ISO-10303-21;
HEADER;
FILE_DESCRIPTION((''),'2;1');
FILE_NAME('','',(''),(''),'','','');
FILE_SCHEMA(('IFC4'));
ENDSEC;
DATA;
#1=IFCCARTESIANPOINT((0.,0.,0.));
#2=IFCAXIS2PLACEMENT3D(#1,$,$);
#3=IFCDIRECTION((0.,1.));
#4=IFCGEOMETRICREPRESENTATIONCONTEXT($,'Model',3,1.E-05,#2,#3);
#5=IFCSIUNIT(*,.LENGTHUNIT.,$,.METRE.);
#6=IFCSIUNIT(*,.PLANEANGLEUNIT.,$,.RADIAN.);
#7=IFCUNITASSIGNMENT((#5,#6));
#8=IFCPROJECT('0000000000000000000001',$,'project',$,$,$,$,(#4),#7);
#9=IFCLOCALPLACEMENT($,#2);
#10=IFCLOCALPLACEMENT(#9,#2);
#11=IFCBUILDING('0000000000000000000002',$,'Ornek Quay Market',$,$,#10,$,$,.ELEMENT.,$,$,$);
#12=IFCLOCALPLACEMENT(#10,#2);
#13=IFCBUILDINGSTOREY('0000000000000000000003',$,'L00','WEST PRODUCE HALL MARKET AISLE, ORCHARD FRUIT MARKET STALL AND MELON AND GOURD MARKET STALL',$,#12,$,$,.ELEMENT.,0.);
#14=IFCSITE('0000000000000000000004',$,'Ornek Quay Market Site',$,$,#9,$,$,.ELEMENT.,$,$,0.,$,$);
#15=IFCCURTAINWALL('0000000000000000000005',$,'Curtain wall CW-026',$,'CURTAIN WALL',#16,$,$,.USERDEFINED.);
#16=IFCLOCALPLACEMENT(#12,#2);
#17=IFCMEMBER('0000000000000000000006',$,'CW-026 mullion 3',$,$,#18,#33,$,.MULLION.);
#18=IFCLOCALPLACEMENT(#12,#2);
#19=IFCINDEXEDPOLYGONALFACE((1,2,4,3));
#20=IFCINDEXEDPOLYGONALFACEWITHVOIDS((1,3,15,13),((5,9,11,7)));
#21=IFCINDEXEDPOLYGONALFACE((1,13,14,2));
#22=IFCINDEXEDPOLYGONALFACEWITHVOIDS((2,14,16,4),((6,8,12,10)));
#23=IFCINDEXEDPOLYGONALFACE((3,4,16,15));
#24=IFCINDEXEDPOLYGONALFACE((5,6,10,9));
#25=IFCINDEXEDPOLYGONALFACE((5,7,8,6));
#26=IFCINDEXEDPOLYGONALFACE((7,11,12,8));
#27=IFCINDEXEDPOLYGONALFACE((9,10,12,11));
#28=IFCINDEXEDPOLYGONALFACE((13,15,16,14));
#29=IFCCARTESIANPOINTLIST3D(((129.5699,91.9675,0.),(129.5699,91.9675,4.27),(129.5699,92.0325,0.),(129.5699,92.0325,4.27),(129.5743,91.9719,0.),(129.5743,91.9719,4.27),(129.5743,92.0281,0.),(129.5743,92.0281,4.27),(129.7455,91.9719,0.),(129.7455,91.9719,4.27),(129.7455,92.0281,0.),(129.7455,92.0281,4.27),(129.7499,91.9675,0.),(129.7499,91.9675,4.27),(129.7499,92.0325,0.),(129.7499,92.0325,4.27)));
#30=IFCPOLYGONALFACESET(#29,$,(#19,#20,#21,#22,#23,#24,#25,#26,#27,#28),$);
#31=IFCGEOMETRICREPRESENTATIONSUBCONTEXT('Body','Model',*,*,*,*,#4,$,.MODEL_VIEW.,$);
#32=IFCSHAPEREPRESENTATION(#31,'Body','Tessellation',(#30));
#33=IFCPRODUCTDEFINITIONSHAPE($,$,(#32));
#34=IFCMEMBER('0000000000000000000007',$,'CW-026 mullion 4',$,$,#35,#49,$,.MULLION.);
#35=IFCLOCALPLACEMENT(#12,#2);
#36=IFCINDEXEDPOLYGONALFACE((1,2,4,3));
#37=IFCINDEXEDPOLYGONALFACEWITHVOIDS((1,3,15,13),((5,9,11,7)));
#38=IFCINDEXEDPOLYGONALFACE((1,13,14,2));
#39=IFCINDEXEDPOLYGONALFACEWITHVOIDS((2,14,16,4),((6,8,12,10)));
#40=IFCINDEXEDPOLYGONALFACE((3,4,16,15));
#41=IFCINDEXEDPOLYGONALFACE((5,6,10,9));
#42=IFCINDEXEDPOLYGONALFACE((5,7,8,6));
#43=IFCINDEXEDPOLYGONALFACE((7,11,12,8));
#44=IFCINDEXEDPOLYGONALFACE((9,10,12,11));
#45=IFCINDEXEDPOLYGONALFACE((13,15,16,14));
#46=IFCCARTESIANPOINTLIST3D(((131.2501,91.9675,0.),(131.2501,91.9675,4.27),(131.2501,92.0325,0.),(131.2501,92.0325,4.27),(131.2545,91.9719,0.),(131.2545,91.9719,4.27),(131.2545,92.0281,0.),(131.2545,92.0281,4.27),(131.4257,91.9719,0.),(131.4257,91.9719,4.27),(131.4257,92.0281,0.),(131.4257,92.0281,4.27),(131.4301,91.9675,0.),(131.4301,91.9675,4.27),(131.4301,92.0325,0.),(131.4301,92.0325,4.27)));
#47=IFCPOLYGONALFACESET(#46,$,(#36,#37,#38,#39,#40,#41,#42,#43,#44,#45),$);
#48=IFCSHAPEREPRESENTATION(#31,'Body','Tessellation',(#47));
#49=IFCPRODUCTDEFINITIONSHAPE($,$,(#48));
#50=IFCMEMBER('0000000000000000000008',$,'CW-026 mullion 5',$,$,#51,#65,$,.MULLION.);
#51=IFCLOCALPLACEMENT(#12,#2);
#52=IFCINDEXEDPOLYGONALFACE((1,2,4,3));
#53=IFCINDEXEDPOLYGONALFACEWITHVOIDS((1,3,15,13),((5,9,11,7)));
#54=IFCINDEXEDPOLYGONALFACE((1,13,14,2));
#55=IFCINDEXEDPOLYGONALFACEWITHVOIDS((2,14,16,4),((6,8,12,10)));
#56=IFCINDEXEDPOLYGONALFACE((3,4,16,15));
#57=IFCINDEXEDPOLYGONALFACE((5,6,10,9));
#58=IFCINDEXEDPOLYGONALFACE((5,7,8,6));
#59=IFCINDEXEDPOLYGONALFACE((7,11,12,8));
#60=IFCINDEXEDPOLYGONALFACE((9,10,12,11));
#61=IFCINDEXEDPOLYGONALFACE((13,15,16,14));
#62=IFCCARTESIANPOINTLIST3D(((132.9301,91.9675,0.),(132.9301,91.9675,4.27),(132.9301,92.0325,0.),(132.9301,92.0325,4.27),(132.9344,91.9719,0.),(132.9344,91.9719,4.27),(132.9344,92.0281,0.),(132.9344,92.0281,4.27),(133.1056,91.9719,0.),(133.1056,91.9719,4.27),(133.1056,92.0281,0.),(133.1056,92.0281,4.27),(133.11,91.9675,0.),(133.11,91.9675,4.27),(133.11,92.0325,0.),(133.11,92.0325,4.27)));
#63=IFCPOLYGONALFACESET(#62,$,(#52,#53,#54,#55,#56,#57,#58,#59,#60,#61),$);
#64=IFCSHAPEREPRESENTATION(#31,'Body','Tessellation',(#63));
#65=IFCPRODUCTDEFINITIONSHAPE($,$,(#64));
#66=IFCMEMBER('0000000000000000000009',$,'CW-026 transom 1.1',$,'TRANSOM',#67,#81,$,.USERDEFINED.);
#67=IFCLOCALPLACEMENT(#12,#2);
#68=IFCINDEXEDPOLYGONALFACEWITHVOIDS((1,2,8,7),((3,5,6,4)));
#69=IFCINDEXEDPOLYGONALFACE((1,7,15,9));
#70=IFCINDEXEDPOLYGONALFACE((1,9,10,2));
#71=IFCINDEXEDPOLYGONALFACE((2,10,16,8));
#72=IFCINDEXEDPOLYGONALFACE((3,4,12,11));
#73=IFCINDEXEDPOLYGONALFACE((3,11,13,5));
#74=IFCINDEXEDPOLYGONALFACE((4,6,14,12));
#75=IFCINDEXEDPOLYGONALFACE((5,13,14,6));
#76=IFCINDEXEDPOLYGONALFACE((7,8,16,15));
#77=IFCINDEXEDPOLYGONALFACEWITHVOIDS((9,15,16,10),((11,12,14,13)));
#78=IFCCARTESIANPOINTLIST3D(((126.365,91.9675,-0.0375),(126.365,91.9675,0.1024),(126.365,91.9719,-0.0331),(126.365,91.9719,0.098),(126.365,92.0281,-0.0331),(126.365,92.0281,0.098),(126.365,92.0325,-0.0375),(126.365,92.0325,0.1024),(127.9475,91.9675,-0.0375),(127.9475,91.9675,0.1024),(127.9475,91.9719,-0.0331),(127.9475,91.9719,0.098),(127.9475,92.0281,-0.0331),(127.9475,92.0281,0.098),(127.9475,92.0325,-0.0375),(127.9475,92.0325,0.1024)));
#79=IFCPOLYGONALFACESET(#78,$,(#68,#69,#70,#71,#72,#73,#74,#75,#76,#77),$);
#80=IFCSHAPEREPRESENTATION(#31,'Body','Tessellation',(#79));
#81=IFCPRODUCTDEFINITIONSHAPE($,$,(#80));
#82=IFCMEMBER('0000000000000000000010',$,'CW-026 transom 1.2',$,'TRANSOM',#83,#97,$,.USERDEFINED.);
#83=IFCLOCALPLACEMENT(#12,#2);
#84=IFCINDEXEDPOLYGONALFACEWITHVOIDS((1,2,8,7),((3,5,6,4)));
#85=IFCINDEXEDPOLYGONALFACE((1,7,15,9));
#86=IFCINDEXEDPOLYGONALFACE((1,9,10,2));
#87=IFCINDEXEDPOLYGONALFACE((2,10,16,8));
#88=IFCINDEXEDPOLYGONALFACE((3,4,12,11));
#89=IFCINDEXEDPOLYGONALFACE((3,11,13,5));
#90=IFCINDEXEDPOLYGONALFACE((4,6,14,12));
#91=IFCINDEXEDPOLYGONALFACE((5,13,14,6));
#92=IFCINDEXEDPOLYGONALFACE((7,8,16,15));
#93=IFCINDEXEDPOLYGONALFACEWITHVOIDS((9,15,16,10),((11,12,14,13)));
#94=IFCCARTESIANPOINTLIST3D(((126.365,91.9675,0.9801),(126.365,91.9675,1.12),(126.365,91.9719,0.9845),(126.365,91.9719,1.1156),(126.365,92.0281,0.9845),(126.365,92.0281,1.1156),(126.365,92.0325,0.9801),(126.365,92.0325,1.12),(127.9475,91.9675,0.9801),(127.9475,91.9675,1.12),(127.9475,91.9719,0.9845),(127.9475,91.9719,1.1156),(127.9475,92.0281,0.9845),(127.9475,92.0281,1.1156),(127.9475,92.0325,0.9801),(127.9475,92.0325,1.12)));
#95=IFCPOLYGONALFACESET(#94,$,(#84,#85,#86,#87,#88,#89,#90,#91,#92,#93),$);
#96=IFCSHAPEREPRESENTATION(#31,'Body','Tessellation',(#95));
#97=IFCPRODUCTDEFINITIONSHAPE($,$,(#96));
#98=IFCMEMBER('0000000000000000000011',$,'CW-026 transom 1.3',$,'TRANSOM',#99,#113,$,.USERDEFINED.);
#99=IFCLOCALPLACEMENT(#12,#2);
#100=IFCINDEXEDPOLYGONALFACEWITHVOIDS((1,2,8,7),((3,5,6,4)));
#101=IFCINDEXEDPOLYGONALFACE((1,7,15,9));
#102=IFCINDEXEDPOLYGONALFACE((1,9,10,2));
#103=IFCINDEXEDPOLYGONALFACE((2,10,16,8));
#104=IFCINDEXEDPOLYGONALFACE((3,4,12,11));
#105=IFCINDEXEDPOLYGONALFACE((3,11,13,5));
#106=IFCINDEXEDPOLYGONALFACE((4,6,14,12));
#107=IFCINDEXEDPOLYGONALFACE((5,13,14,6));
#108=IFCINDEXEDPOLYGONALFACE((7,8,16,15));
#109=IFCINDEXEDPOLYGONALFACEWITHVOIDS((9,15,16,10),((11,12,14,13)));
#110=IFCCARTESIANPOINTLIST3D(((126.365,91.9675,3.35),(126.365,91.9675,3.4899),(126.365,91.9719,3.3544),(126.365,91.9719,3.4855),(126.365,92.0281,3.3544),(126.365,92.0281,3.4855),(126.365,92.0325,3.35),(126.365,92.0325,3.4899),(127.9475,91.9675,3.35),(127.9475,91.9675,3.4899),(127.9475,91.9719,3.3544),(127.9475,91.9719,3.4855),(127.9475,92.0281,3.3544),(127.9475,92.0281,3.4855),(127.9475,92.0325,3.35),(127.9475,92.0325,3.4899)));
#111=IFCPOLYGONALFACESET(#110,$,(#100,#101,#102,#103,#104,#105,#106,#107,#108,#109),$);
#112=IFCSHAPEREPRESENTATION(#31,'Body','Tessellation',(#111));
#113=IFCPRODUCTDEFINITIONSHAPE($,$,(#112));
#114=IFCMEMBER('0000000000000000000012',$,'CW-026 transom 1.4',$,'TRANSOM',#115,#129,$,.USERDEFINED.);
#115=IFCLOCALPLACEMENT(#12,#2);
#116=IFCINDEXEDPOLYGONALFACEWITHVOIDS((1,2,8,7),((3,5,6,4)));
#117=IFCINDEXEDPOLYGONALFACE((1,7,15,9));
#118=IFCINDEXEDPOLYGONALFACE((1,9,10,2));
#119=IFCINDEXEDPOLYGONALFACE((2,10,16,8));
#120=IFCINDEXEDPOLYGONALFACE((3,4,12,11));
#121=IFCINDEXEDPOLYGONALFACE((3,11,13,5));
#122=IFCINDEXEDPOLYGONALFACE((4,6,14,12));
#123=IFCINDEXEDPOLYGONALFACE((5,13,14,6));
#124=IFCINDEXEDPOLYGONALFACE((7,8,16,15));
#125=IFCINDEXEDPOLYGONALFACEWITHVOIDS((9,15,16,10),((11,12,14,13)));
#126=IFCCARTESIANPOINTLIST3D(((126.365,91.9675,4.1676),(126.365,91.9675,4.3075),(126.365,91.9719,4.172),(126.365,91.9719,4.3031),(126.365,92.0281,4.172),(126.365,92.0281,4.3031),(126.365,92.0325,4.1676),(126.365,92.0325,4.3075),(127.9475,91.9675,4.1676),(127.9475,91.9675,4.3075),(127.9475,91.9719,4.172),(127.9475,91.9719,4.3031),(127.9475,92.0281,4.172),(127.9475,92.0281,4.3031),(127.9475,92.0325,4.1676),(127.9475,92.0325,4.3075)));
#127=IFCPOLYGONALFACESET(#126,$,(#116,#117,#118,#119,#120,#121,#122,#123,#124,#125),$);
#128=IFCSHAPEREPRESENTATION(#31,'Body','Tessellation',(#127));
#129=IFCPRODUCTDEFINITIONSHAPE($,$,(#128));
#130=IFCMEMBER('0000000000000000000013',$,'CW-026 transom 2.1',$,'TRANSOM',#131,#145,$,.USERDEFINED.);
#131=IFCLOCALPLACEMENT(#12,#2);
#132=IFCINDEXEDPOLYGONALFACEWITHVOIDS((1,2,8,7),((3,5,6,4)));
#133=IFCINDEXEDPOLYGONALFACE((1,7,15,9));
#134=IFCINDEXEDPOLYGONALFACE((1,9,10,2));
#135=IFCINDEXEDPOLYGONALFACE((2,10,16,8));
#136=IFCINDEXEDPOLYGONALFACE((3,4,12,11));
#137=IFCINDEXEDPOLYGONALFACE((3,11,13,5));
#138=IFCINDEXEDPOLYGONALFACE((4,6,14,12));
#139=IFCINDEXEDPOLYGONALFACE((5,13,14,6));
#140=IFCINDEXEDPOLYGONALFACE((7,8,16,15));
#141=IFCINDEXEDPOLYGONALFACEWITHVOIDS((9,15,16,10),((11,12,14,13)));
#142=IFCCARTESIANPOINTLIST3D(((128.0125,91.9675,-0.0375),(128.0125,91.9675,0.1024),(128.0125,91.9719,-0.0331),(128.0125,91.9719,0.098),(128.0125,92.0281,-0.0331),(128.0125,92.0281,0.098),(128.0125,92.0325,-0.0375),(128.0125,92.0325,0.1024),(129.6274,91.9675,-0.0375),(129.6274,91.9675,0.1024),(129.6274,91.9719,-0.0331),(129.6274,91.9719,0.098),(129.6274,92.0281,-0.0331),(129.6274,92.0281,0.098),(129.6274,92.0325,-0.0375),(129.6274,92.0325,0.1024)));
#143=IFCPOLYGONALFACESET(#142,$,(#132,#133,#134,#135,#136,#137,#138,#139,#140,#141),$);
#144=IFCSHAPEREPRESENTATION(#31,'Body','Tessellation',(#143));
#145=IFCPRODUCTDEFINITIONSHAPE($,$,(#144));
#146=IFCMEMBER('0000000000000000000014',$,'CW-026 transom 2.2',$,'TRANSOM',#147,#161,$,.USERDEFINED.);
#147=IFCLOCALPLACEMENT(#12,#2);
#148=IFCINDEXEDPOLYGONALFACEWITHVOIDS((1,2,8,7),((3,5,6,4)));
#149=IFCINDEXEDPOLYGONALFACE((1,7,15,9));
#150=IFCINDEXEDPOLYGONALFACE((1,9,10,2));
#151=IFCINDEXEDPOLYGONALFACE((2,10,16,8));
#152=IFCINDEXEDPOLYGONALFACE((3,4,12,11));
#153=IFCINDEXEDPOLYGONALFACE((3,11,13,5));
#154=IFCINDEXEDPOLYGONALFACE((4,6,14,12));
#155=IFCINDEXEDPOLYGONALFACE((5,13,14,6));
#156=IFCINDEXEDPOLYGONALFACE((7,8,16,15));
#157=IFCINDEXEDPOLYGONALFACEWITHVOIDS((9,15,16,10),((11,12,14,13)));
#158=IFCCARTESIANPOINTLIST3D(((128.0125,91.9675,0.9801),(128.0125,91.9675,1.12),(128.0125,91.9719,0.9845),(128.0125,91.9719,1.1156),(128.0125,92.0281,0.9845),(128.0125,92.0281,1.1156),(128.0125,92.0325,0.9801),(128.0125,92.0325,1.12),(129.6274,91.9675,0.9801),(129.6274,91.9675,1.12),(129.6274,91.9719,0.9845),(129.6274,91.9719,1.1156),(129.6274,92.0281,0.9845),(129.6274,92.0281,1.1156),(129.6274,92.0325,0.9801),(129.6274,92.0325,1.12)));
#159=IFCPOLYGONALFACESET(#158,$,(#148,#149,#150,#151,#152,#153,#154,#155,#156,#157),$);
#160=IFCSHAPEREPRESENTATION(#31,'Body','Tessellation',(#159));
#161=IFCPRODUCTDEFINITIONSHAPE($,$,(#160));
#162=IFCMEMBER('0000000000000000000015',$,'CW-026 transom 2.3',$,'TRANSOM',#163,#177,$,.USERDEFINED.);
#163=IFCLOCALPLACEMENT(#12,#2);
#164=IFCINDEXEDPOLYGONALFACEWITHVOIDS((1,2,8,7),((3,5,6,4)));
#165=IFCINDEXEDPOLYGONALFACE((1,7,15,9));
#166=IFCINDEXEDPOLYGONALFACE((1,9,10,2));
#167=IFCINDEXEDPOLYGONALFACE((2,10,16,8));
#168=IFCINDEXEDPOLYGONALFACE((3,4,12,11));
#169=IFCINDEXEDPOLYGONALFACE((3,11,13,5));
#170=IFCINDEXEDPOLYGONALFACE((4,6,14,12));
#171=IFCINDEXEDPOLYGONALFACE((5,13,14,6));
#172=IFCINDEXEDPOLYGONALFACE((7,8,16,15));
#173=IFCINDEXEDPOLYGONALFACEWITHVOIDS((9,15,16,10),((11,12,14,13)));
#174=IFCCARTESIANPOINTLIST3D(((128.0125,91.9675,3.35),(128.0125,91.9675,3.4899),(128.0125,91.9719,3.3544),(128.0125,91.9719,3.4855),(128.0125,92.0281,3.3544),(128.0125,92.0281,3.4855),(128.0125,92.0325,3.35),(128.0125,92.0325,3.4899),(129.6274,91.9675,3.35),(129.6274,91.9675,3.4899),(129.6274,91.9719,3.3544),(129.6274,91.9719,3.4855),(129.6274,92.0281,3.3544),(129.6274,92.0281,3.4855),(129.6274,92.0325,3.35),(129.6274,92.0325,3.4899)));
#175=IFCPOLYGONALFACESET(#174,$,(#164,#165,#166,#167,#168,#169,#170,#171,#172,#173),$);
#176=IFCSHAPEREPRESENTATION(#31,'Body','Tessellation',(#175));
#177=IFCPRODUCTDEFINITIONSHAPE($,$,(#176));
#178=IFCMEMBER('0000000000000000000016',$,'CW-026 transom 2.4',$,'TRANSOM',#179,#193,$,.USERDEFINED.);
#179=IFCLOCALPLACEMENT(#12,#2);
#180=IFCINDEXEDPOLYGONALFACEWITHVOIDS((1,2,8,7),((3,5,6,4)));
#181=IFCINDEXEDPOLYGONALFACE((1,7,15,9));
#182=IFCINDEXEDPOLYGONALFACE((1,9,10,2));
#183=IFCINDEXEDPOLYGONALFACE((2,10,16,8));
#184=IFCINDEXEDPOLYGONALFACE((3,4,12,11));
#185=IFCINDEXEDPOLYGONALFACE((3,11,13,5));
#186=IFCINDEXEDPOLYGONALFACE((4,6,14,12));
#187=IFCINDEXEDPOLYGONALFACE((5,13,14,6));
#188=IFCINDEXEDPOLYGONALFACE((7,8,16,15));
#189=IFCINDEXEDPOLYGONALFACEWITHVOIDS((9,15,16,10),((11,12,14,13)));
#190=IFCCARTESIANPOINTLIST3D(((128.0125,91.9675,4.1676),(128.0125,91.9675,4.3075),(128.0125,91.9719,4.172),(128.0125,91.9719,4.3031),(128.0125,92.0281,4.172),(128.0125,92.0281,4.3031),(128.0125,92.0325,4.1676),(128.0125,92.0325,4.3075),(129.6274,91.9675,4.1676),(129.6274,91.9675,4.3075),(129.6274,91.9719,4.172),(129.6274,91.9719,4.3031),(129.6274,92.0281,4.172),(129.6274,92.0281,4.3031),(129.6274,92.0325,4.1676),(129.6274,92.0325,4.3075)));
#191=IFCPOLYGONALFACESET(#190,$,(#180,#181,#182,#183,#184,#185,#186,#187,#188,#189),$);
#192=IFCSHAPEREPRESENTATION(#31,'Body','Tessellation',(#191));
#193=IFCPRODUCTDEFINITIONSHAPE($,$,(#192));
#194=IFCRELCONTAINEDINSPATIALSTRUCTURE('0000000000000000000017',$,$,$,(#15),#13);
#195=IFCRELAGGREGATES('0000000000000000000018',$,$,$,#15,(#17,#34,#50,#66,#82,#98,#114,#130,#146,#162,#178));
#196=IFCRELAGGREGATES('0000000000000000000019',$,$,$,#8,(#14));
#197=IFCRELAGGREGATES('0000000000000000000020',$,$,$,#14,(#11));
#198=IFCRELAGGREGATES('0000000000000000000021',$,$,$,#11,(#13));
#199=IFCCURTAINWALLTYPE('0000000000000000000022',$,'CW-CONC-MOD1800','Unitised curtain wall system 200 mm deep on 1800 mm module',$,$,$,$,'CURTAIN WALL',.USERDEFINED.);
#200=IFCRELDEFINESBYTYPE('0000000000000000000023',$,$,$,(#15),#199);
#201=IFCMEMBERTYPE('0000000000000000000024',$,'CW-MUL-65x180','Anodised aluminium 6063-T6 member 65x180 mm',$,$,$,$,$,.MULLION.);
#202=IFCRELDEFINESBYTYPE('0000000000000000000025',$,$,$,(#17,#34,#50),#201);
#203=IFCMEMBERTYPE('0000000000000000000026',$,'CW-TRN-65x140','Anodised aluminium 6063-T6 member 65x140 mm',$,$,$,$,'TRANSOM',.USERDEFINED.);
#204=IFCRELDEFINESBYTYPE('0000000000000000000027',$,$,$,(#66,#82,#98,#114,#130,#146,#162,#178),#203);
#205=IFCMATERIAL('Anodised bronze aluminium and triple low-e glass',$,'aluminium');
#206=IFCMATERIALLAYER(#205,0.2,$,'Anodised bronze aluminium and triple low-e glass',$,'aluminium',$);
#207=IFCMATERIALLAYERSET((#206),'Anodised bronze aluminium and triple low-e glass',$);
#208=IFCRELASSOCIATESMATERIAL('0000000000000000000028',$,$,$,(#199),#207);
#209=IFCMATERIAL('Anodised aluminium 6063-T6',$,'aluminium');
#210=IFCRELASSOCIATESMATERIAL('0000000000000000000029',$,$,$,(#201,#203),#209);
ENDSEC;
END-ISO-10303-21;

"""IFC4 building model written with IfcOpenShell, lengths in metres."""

from ifc_helpers import new_model, si_unit, direction, frame, origin, origin_2d, place, context, subcontext, project, spatial, hollow_rectangle, extrude, material, layer, layer_set, material_profile, profile_set, type_object, element, aggregate, save


model = new_model("IFC4")

# Units and contexts
model_context = context("Model", 3, precision=1e-05, world=origin(), true_north=direction((0.0, 1.0)))
body_context = subcontext(model_context, "Body", "Model", "MODEL_VIEW")
ifc_project = project(units=[si_unit("LENGTHUNIT", "METRE"), si_unit("PLANEANGLEUNIT", "RADIAN")], contexts=[model_context])

# Site, building, storey
site_placement = place(None, origin())
site = spatial("IfcSite", under=ifc_project, at=site_placement, Name="Ornek Quay Market Site", CompositionType="ELEMENT", RefElevation=0.0)
building_placement = place(site_placement, origin())
building = spatial("IfcBuilding", under=site, at=building_placement, Name="Ornek Quay Market", CompositionType="ELEMENT")
storey_placement = place(building_placement, origin())
storey = spatial("IfcBuildingStorey", under=building, at=storey_placement, Name="L00", Description="WEST PRODUCE HALL MARKET AISLE, ORCHARD FRUIT MARKET STALL AND MELON AND GOURD MARKET STALL", CompositionType="ELEMENT", Elevation=0.0)

# Curtain wall, members
ifc_material_1 = material(Name="Anodised bronze aluminium and triple low-e glass", Category="aluminium")
ifc_layer_1 = layer(ifc_material_1, 0.2, Name="Anodised bronze aluminium and triple low-e glass", Category="aluminium")
ifc_layer_set_1 = layer_set([ifc_layer_1], Name="Anodised bronze aluminium and triple low-e glass")
curtain_wall_type = type_object("IfcCurtainWallType", Name="CW-CONC-MOD1800", Description="Unitised curtain wall system 200 mm deep on 1800 mm module", ElementType="CURTAIN WALL", PredefinedType="USERDEFINED", material=ifc_layer_set_1)
curtain_wall_placement = place(storey_placement, origin())
curtain_wall = element("IfcCurtainWall", 1, at=curtain_wall_placement, inside=storey, type_object=curtain_wall_type, Name="Curtain wall CW-026", ObjectType="CURTAIN WALL", PredefinedType="USERDEFINED")
ifc_material_2 = material(Name="Anodised aluminium 6063-T6", Category="aluminium")
ifc_material_profile_1 = material_profile(ifc_material_2, hollow_rectangle(XDim=0.0649, YDim=0.1799, WallThickness=0.0044, at=origin_2d()), Name="CW-MUL-65x180", Category="aluminium")
ifc_profile_set_1 = profile_set([ifc_material_profile_1], Name="Anodised aluminium 6063-T6")
member_type_1 = type_object("IfcMemberType", Name="CW-MUL-65x180", Description="Anodised aluminium 6063-T6 member 65x180 mm", PredefinedType="MULLION", material=ifc_profile_set_1)
member_1_placement = place(storey_placement, frame((129.6599, 92.0, 0.0), z_axis=(0.0, 0.0, 1.0), x_axis=(0.0, 1.0, 0.0)))
member_1 = element("IfcMember", 2, at=member_1_placement, type_object=member_type_1, Name="CW-026 mullion 3", PredefinedType="MULLION", context=body_context, shape_type="SweptSolid", body=[
    extrude(hollow_rectangle(XDim=0.0649, YDim=0.1799, WallThickness=0.0044, at=origin_2d()), origin(), (0.0, 0.0, 1.0), 4.27),
])
member_2_placement = place(storey_placement, frame((131.3401, 92.0, 0.0), z_axis=(0.0, 0.0, 1.0), x_axis=(0.0, 1.0, 0.0)))
member_2 = element("IfcMember", 3, at=member_2_placement, type_object=member_type_1, Name="CW-026 mullion 4", PredefinedType="MULLION", context=body_context, shape_type="SweptSolid", body=[
    extrude(hollow_rectangle(XDim=0.0649, YDim=0.1799, WallThickness=0.0044, at=origin_2d()), origin(), (0.0, 0.0, 1.0), 4.27),
])
member_3_placement = place(storey_placement, frame((133.02, 92.0, 0.0), z_axis=(0.0, 0.0, 1.0), x_axis=(0.0, 1.0, 0.0)))
member_3 = element("IfcMember", 4, at=member_3_placement, type_object=member_type_1, Name="CW-026 mullion 5", PredefinedType="MULLION", context=body_context, shape_type="SweptSolid", body=[
    extrude(hollow_rectangle(XDim=0.0649, YDim=0.1799, WallThickness=0.0044, at=origin_2d()), origin(), (0.0, 0.0, 1.0), 4.27),
])
ifc_material_profile_2 = material_profile(ifc_material_2, hollow_rectangle(XDim=0.0649, YDim=0.1399, WallThickness=0.0044, at=origin_2d()), Name="CW-TRN-65x140", Category="aluminium")
ifc_profile_set_2 = profile_set([ifc_material_profile_2], Name="Anodised aluminium 6063-T6")
member_type_2 = type_object("IfcMemberType", Name="CW-TRN-65x140", Description="Anodised aluminium 6063-T6 member 65x140 mm", ElementType="TRANSOM", PredefinedType="USERDEFINED", material=ifc_profile_set_2)
member_4_placement = place(storey_placement, frame((126.365, 92.0, 0.0325), z_axis=(1.0, 0.0, 0.0), x_axis=(0.0, 1.0, 0.0)))
member_4 = element("IfcMember", 5, at=member_4_placement, type_object=member_type_2, Name="CW-026 transom 1.1", ObjectType="TRANSOM", PredefinedType="USERDEFINED", context=body_context, shape_type="SweptSolid", body=[
    extrude(hollow_rectangle(XDim=0.0649, YDim=0.1399, WallThickness=0.0044, at=origin_2d()), origin(), (0.0, 0.0, 1.0), 1.5825),
])
member_5_placement = place(storey_placement, frame((126.365, 92.0, 1.05), z_axis=(1.0, 0.0, 0.0), x_axis=(0.0, 1.0, 0.0)))
member_5 = element("IfcMember", 6, at=member_5_placement, type_object=member_type_2, Name="CW-026 transom 1.2", ObjectType="TRANSOM", PredefinedType="USERDEFINED", context=body_context, shape_type="SweptSolid", body=[
    extrude(hollow_rectangle(XDim=0.0649, YDim=0.1399, WallThickness=0.0044, at=origin_2d()), origin(), (0.0, 0.0, 1.0), 1.5825),
])
member_6_placement = place(storey_placement, frame((126.365, 92.0, 3.4199), z_axis=(1.0, 0.0, 0.0), x_axis=(0.0, 1.0, 0.0)))
member_6 = element("IfcMember", 7, at=member_6_placement, type_object=member_type_2, Name="CW-026 transom 1.3", ObjectType="TRANSOM", PredefinedType="USERDEFINED", context=body_context, shape_type="SweptSolid", body=[
    extrude(hollow_rectangle(XDim=0.0649, YDim=0.1399, WallThickness=0.0044, at=origin_2d()), origin(), (0.0, 0.0, 1.0), 1.5825),
])
member_7_placement = place(storey_placement, frame((126.365, 92.0, 4.2375), z_axis=(1.0, 0.0, 0.0), x_axis=(0.0, 1.0, 0.0)))
member_7 = element("IfcMember", 8, at=member_7_placement, type_object=member_type_2, Name="CW-026 transom 1.4", ObjectType="TRANSOM", PredefinedType="USERDEFINED", context=body_context, shape_type="SweptSolid", body=[
    extrude(hollow_rectangle(XDim=0.0649, YDim=0.1399, WallThickness=0.0044, at=origin_2d()), origin(), (0.0, 0.0, 1.0), 1.5825),
])
member_8_placement = place(storey_placement, frame((128.0125, 92.0, 0.0325), z_axis=(1.0, 0.0, 0.0), x_axis=(0.0, 1.0, 0.0)))
member_8 = element("IfcMember", 9, at=member_8_placement, type_object=member_type_2, Name="CW-026 transom 2.1", ObjectType="TRANSOM", PredefinedType="USERDEFINED", context=body_context, shape_type="SweptSolid", body=[
    extrude(hollow_rectangle(XDim=0.0649, YDim=0.1399, WallThickness=0.0044, at=origin_2d()), origin(), (0.0, 0.0, 1.0), 1.615),
])
member_9_placement = place(storey_placement, frame((128.0125, 92.0, 1.05), z_axis=(1.0, 0.0, 0.0), x_axis=(0.0, 1.0, 0.0)))
member_9 = element("IfcMember", 10, at=member_9_placement, type_object=member_type_2, Name="CW-026 transom 2.2", ObjectType="TRANSOM", PredefinedType="USERDEFINED", context=body_context, shape_type="SweptSolid", body=[
    extrude(hollow_rectangle(XDim=0.0649, YDim=0.1399, WallThickness=0.0044, at=origin_2d()), origin(), (0.0, 0.0, 1.0), 1.615),
])
member_10_placement = place(storey_placement, frame((128.0125, 92.0, 3.4199), z_axis=(1.0, 0.0, 0.0), x_axis=(0.0, 1.0, 0.0)))
member_10 = element("IfcMember", 11, at=member_10_placement, type_object=member_type_2, Name="CW-026 transom 2.3", ObjectType="TRANSOM", PredefinedType="USERDEFINED", context=body_context, shape_type="SweptSolid", body=[
    extrude(hollow_rectangle(XDim=0.0649, YDim=0.1399, WallThickness=0.0044, at=origin_2d()), origin(), (0.0, 0.0, 1.0), 1.615),
])
member_11_placement = place(storey_placement, frame((128.0125, 92.0, 4.2375), z_axis=(1.0, 0.0, 0.0), x_axis=(0.0, 1.0, 0.0)))
member_11 = element("IfcMember", 12, at=member_11_placement, type_object=member_type_2, Name="CW-026 transom 2.4", ObjectType="TRANSOM", PredefinedType="USERDEFINED", context=body_context, shape_type="SweptSolid", body=[
    extrude(hollow_rectangle(XDim=0.0649, YDim=0.1399, WallThickness=0.0044, at=origin_2d()), origin(), (0.0, 0.0, 1.0), 1.615),
])
aggregate(curtain_wall, [member_1, member_2, member_3, member_4, member_5, member_6, member_7, member_8, member_9, member_10, member_11])

save(model, "model.ifc")
